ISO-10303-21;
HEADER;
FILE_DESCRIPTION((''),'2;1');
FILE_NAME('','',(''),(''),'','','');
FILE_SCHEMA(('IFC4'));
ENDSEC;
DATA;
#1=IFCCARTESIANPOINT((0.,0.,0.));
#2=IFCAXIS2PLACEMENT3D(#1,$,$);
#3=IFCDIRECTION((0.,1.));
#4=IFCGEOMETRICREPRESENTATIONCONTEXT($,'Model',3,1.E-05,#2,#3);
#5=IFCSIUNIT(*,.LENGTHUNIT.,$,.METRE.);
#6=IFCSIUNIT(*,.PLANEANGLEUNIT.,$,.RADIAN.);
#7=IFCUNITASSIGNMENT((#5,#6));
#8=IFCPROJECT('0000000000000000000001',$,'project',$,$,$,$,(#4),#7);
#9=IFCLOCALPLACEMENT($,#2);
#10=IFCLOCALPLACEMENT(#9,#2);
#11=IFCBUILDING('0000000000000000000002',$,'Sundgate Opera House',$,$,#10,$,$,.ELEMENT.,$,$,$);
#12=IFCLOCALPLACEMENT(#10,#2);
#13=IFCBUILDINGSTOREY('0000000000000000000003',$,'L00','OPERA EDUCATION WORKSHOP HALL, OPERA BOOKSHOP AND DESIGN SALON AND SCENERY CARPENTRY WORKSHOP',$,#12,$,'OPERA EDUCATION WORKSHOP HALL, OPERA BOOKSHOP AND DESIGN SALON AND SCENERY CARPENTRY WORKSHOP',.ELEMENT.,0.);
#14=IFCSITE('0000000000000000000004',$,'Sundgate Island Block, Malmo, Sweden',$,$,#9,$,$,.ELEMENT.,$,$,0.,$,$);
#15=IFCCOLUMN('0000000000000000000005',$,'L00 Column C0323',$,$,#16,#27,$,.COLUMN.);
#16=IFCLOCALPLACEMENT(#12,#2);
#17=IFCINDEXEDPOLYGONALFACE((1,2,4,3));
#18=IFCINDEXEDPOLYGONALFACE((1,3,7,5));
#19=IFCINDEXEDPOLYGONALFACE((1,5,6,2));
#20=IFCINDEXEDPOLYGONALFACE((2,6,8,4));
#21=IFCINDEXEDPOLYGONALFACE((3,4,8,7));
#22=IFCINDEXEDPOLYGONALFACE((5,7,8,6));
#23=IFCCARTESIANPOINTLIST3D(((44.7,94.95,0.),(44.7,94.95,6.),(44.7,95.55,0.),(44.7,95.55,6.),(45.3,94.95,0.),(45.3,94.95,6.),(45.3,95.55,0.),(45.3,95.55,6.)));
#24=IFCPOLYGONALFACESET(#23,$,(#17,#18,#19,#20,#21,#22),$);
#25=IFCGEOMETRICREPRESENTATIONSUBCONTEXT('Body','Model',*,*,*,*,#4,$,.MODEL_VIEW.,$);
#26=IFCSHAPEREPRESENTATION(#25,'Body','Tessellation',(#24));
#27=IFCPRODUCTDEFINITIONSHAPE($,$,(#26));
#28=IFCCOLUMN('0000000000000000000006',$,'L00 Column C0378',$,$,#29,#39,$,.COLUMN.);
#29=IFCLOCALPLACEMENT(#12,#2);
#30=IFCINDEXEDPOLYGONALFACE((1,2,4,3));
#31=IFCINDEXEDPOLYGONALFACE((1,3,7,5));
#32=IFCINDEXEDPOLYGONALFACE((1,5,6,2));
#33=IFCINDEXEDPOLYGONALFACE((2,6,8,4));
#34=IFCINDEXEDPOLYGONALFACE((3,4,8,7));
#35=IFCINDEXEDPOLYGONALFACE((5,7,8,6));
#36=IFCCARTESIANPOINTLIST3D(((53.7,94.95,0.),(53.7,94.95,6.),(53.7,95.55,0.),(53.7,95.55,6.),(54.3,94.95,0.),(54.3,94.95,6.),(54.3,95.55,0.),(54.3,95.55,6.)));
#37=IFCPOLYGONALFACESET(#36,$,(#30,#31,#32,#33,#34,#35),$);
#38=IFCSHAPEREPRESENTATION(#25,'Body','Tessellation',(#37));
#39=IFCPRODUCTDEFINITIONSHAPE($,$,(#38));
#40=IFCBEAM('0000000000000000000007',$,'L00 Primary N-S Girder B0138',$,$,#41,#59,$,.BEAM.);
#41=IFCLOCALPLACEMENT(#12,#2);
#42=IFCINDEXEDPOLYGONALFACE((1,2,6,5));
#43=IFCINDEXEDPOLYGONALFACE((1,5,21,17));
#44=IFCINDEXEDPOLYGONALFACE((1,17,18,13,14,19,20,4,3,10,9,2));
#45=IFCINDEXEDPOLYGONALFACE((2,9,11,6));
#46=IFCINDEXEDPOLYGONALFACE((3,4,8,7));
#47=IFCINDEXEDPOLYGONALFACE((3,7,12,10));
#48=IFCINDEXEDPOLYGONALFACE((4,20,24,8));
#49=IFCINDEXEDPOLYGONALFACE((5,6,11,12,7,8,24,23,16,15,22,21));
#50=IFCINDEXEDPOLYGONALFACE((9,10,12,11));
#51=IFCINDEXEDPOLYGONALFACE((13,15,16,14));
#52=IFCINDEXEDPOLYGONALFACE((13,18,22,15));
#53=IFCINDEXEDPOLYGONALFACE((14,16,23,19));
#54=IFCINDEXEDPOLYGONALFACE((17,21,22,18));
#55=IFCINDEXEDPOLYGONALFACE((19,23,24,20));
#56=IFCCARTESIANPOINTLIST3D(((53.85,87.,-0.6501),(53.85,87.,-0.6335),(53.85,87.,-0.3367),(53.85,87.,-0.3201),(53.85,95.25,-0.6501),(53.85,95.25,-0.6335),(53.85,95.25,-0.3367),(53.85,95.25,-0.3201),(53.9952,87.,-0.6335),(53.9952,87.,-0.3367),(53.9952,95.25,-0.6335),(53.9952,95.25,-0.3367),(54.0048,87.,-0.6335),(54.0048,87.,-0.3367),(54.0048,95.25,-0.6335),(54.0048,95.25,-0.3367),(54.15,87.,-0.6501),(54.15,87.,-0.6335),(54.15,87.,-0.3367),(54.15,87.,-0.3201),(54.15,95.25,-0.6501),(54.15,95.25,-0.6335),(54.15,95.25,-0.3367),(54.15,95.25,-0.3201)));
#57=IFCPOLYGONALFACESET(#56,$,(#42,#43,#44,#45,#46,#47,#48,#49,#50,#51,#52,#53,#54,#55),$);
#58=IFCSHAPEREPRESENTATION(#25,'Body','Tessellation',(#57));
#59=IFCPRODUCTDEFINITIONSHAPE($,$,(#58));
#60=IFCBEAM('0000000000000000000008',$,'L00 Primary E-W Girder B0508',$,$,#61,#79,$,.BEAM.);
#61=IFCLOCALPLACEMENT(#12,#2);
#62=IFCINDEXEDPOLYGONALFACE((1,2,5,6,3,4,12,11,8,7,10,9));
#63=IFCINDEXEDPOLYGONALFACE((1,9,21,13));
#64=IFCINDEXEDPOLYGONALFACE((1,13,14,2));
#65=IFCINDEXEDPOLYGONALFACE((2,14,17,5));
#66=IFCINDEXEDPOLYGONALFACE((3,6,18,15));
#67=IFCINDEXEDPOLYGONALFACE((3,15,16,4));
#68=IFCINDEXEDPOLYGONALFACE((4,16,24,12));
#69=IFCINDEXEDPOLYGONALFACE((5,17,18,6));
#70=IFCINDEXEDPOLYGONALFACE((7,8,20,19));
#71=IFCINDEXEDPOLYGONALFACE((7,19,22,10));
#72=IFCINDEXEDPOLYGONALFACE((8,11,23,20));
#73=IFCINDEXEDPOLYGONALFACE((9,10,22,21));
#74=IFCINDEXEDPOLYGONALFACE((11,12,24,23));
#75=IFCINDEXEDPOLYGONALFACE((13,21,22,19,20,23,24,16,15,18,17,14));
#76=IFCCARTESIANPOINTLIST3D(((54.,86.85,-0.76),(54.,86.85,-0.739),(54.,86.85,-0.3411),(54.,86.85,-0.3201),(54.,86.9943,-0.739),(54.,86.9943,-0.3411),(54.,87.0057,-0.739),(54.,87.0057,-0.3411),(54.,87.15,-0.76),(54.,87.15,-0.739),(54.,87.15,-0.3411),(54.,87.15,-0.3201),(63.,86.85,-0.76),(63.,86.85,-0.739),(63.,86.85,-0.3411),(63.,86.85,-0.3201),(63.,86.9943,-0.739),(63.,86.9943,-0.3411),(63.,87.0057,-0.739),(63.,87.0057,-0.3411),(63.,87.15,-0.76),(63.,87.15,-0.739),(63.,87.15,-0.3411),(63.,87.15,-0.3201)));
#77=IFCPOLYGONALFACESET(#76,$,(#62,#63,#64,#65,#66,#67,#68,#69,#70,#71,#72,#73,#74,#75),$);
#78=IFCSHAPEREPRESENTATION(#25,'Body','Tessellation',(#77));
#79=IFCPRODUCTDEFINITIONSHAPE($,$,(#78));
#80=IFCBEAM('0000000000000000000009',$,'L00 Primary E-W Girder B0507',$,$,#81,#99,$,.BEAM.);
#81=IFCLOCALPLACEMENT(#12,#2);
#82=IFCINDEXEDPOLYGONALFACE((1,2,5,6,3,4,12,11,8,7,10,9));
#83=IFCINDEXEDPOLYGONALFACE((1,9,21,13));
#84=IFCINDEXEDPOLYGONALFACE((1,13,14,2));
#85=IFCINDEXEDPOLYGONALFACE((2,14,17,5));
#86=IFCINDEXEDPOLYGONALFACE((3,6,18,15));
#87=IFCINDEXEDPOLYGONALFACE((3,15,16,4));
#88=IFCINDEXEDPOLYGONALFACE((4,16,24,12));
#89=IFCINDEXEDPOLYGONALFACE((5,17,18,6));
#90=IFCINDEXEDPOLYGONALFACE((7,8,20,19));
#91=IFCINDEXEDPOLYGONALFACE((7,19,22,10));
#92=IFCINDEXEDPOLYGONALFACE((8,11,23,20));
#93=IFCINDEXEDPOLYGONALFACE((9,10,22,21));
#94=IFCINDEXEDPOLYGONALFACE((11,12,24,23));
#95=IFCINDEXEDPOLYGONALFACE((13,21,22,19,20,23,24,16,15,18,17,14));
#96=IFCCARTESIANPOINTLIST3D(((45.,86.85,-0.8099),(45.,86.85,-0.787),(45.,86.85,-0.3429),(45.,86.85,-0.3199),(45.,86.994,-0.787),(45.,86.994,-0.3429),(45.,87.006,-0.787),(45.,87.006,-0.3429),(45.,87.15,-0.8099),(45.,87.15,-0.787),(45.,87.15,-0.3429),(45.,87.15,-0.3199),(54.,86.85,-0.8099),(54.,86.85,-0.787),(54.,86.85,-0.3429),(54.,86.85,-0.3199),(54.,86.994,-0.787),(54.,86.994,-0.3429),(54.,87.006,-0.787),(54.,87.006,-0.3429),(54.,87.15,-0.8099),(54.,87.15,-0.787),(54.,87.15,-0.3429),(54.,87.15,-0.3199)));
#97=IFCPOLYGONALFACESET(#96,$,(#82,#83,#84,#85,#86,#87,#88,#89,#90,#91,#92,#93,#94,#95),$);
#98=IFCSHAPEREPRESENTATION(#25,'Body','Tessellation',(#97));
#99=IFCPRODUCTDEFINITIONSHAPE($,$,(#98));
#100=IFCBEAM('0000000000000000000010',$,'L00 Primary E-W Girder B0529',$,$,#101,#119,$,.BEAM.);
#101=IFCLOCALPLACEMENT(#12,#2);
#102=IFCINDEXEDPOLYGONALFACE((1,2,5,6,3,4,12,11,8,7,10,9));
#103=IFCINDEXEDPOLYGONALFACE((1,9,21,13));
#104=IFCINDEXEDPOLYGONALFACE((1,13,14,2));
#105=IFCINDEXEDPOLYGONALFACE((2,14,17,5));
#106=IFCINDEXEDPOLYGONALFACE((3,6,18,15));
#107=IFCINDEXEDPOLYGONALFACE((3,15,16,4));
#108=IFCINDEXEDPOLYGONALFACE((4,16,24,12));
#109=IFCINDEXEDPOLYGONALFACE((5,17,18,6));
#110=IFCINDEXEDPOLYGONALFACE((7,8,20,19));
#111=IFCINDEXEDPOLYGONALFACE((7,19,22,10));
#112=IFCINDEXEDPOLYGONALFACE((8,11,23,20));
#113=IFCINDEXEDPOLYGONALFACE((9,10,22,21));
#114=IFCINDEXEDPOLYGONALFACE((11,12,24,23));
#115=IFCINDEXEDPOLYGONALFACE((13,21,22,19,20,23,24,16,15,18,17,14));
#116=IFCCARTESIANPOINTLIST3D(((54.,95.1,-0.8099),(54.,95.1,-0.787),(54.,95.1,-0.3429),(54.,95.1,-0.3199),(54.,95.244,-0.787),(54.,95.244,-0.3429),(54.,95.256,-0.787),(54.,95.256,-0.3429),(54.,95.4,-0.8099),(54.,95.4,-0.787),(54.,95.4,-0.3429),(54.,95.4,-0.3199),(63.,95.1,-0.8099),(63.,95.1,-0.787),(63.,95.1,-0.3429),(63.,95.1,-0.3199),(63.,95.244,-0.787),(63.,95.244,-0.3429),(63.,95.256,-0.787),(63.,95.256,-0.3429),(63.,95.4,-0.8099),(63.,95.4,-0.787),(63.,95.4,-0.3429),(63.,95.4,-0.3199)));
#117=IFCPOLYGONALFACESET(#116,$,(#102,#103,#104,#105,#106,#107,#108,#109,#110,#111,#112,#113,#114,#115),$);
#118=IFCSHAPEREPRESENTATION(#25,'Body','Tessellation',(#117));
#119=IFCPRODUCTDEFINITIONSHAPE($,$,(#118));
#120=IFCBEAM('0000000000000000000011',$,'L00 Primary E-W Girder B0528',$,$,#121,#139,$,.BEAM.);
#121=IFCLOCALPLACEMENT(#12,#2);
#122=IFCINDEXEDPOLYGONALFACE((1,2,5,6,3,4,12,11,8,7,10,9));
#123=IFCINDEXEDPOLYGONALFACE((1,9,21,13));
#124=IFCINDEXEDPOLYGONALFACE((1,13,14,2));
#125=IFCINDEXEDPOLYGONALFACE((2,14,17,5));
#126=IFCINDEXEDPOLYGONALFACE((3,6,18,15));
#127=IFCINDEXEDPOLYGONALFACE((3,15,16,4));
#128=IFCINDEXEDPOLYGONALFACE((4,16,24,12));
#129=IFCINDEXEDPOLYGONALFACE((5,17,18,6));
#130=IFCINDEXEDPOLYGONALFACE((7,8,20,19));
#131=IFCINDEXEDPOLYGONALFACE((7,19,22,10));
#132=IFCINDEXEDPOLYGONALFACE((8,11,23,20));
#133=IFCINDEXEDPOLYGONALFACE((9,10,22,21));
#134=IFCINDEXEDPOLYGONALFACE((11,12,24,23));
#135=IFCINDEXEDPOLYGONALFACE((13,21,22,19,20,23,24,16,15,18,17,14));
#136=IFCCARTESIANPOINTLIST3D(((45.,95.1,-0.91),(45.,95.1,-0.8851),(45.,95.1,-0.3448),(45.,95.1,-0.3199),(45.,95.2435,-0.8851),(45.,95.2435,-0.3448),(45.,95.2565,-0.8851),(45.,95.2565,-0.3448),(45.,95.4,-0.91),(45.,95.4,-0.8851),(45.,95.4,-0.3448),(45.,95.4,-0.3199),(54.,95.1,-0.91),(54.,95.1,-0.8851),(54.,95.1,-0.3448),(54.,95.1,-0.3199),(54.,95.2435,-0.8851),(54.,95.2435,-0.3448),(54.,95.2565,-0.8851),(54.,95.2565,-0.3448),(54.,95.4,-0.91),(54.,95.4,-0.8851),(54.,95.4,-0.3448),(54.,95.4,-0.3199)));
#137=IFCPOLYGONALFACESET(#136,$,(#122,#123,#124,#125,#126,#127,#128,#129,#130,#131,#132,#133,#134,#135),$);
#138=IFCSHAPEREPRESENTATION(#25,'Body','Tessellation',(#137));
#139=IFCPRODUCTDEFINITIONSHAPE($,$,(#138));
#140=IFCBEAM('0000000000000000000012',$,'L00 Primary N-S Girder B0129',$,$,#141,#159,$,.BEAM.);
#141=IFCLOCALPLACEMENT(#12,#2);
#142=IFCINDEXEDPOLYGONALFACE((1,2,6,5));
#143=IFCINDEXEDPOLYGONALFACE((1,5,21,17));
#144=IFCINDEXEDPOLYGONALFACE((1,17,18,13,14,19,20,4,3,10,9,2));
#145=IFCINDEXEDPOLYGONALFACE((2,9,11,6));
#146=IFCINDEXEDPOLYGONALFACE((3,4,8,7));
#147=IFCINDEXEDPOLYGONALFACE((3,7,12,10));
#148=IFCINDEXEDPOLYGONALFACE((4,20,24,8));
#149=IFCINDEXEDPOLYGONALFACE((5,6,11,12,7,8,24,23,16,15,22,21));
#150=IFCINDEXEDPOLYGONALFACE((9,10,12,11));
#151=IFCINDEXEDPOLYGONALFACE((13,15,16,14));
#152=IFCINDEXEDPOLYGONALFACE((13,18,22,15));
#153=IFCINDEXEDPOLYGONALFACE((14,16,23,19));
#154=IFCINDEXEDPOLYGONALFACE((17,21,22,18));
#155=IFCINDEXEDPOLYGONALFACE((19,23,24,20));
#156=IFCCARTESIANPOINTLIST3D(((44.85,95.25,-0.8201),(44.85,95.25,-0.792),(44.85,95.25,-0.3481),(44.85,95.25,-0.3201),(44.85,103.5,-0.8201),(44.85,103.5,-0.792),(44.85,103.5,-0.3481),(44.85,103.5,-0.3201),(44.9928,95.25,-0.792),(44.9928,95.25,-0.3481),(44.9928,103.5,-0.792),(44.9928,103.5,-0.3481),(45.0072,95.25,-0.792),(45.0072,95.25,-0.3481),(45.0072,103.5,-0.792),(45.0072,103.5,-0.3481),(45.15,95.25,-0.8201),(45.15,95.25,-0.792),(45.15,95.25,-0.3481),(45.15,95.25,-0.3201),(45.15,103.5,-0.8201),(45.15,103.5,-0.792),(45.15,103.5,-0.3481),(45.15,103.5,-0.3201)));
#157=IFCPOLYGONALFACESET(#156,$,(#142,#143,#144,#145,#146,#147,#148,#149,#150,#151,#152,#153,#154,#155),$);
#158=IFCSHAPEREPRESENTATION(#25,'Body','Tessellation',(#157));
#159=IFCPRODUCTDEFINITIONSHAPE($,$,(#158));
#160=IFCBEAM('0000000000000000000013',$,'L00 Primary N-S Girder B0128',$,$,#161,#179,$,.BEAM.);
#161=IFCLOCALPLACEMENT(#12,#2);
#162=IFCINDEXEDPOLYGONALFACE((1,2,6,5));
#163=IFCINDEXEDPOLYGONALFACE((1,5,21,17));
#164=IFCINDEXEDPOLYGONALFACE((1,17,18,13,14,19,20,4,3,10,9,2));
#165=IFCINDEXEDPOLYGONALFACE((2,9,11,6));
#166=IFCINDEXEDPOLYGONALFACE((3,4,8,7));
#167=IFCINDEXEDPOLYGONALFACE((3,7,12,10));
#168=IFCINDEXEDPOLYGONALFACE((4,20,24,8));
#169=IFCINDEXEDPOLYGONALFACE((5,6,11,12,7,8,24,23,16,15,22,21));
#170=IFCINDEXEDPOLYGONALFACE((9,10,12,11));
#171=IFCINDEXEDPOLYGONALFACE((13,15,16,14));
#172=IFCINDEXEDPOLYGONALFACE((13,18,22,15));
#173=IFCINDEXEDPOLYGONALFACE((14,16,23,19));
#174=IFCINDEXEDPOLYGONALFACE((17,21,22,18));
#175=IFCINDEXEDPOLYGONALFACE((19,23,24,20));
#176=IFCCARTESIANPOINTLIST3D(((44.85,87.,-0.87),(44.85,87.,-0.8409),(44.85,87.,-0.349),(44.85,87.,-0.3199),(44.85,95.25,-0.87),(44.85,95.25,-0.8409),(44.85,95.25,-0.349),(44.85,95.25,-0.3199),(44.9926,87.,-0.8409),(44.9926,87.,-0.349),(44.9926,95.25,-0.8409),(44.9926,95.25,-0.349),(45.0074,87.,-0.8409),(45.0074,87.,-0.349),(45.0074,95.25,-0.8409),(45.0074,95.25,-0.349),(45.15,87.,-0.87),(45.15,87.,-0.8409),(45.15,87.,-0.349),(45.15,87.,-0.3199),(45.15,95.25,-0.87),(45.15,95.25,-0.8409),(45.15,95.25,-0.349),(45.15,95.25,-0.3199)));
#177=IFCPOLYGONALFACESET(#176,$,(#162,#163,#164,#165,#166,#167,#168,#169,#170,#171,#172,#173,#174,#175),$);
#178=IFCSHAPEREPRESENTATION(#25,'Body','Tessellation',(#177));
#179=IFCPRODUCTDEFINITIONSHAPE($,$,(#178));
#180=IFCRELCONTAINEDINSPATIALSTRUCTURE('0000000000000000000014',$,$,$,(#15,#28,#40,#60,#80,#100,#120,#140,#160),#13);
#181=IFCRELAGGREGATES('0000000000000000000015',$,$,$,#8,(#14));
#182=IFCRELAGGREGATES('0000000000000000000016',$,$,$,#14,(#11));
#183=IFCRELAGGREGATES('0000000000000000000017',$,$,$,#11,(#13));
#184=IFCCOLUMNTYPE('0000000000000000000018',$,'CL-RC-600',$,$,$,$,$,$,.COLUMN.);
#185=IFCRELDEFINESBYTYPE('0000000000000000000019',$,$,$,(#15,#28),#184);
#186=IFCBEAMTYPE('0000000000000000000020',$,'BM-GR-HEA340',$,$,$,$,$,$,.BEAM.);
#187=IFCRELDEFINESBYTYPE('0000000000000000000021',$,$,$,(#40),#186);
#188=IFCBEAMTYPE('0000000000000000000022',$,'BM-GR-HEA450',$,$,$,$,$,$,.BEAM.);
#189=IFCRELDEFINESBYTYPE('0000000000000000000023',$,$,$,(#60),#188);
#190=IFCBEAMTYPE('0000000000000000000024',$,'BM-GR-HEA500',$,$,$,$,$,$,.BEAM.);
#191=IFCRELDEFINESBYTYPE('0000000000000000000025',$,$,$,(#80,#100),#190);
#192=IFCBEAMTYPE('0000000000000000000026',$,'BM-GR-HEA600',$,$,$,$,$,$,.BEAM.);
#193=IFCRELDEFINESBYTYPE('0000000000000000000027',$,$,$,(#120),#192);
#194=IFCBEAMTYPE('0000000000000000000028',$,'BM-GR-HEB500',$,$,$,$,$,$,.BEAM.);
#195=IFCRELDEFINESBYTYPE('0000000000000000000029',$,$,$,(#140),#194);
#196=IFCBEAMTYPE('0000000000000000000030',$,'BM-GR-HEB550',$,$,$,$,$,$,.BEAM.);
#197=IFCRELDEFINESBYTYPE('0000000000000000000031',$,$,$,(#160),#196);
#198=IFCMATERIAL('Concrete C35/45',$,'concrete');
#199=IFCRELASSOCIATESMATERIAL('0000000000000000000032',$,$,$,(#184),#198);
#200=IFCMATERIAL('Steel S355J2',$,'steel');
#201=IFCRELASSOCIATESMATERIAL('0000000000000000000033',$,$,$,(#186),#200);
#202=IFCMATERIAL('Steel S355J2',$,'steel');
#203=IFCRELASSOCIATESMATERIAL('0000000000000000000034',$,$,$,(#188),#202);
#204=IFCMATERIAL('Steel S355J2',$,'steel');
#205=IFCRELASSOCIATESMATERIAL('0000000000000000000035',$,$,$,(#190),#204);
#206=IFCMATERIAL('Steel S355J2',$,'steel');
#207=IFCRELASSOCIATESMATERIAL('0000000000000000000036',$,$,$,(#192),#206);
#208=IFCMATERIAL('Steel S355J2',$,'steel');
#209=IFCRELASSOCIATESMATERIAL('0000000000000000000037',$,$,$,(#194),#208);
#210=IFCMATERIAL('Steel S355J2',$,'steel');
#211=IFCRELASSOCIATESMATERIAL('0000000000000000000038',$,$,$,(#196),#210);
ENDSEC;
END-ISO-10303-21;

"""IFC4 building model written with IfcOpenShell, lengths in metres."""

from ifc_helpers import new_model, si_unit, direction, frame, origin, origin_2d, place, context, subcontext, project, spatial, rectangle, i_section, extrude, material, material_profile, profile_set, type_object, element, save


model = new_model("IFC4")

# Units and contexts
model_context = context("Model", 3, precision=1e-05, world=origin(), true_north=direction((0.0, 1.0)))
body_context = subcontext(model_context, "Body", "Model", "MODEL_VIEW")
ifc_project = project(units=[si_unit("LENGTHUNIT", "METRE"), si_unit("PLANEANGLEUNIT", "RADIAN")], contexts=[model_context])

# Site, building, storey
site_placement = place(None, origin())
site = spatial("IfcSite", under=ifc_project, at=site_placement, Name="Sundgate Island Block, Malmo, Sweden", CompositionType="ELEMENT", RefElevation=0.0)
building_placement = place(site_placement, origin())
building = spatial("IfcBuilding", under=site, at=building_placement, Name="Sundgate Opera House", CompositionType="ELEMENT")
storey_placement = place(building_placement, origin())
storey = spatial("IfcBuildingStorey", under=building, at=storey_placement, Name="L00", Description="OPERA EDUCATION WORKSHOP HALL, OPERA BOOKSHOP AND DESIGN SALON AND SCENERY CARPENTRY WORKSHOP", LongName="OPERA EDUCATION WORKSHOP HALL, OPERA BOOKSHOP AND DESIGN SALON AND SCENERY CARPENTRY WORKSHOP", CompositionType="ELEMENT", Elevation=0.0)

# Columns
ifc_material_1 = material(Name="Concrete C35/45", Category="concrete")
ifc_material_profile_1 = material_profile(ifc_material_1, rectangle(XDim=0.6001, YDim=0.6001, at=origin_2d()), Name="RC 600x600")
ifc_profile_set_1 = profile_set([ifc_material_profile_1], Name="Concrete C35/45")
column_type = type_object("IfcColumnType", Name="CL-RC-600", PredefinedType="COLUMN", material=ifc_profile_set_1)
for number, where, z_axis, x_axis, name in (
    (1, (45.0, 95.25, 0.0), (0.0, 0.0, 1.0), (1.0, 0.0, 0.0), "L00 Column C0323"),
    (2, (54.0, 95.25, 0.0), (0.0, 0.0, 1.0), (1.0, 0.0, 0.0), "L00 Column C0378"),
):
    element("IfcColumn", number, at=place(storey_placement, frame(where, z_axis=z_axis, x_axis=x_axis)), inside=storey, type_object=column_type, Name=name, PredefinedType="COLUMN", context=body_context, shape_type="SweptSolid", body=[
        extrude(rectangle(XDim=0.6001, YDim=0.6001, at=origin_2d()), origin(), (0.0, 0.0, 1.0), 6.0),
    ])

# Beams
ifc_material_2 = material(Name="Steel S355J2", Category="steel")
ifc_material_profile_2 = material_profile(ifc_material_2, i_section(OverallWidth=0.3, OverallDepth=0.3301, WebThickness=0.0095, FlangeThickness=0.0166, at=origin_2d()), Name="HEA 340")
ifc_profile_set_2 = profile_set([ifc_material_profile_2], Name="Steel S355J2")
beam_type_1 = type_object("IfcBeamType", Name="BM-GR-HEA340", PredefinedType="BEAM", material=ifc_profile_set_2)
beam_1_placement = place(storey_placement, frame((54.0, 87.0, -0.4851), z_axis=(0.0, 1.0, 0.0), x_axis=(-1.0, 0.0, 0.0)))
element("IfcBeam", 3, at=beam_1_placement, inside=storey, type_object=beam_type_1, Name="L00 Primary N-S Girder B0138", PredefinedType="BEAM", context=body_context, shape_type="SweptSolid", body=[
    extrude(i_section(OverallWidth=0.3, OverallDepth=0.3301, WebThickness=0.0095, FlangeThickness=0.0166, at=origin_2d()), origin(), (0.0, 0.0, 1.0), 8.25),
])
ifc_material_3 = material(Name="Steel S355J2", Category="steel")
ifc_material_profile_3 = material_profile(ifc_material_3, i_section(OverallWidth=0.3, OverallDepth=0.4399, WebThickness=0.0115, FlangeThickness=0.021, at=origin_2d()), Name="HEA 450")
ifc_profile_set_3 = profile_set([ifc_material_profile_3], Name="Steel S355J2")
beam_type_2 = type_object("IfcBeamType", Name="BM-GR-HEA450", PredefinedType="BEAM", material=ifc_profile_set_3)
beam_2_placement = place(storey_placement, frame((54.0, 87.0, -0.54), z_axis=(1.0, 0.0, 0.0), x_axis=(0.0, 1.0, 0.0)))
element("IfcBeam", 4, at=beam_2_placement, inside=storey, type_object=beam_type_2, Name="L00 Primary E-W Girder B0508", PredefinedType="BEAM", context=body_context, shape_type="SweptSolid", body=[
    extrude(i_section(OverallWidth=0.3, OverallDepth=0.4399, WebThickness=0.0115, FlangeThickness=0.021, at=origin_2d()), origin(), (0.0, 0.0, 1.0), 9.0),
])
ifc_material_4 = material(Name="Steel S355J2", Category="steel")
ifc_material_profile_4 = material_profile(ifc_material_4, i_section(OverallWidth=0.3, OverallDepth=0.49, WebThickness=0.012, FlangeThickness=0.0229, at=origin_2d()), Name="HEA 500")
ifc_profile_set_4 = profile_set([ifc_material_profile_4], Name="Steel S355J2")
beam_type_3 = type_object("IfcBeamType", Name="BM-GR-HEA500", PredefinedType="BEAM", material=ifc_profile_set_4)
for number, where, z_axis, x_axis, name in (
    (5, (45.0, 87.0, -0.5649), (1.0, 0.0, 0.0), (0.0, 1.0, 0.0), "L00 Primary E-W Girder B0507"),
    (6, (54.0, 95.25, -0.5649), (1.0, 0.0, 0.0), (0.0, 1.0, 0.0), "L00 Primary E-W Girder B0529"),
):
    element("IfcBeam", number, at=place(storey_placement, frame(where, z_axis=z_axis, x_axis=x_axis)), inside=storey, type_object=beam_type_3, Name=name, PredefinedType="BEAM", context=body_context, shape_type="SweptSolid", body=[
        extrude(i_section(OverallWidth=0.3, OverallDepth=0.49, WebThickness=0.012, FlangeThickness=0.0229, at=origin_2d()), origin(), (0.0, 0.0, 1.0), 9.0),
    ])
ifc_material_5 = material(Name="Steel S355J2", Category="steel")
ifc_material_profile_5 = material_profile(ifc_material_5, i_section(OverallWidth=0.3, OverallDepth=0.5901, WebThickness=0.0129, FlangeThickness=0.0249, at=origin_2d()), Name="HEA 600")
ifc_profile_set_5 = profile_set([ifc_material_profile_5], Name="Steel S355J2")
beam_type_4 = type_object("IfcBeamType", Name="BM-GR-HEA600", PredefinedType="BEAM", material=ifc_profile_set_5)
beam_3_placement = place(storey_placement, frame((45.0, 95.25, -0.615), z_axis=(1.0, 0.0, 0.0), x_axis=(0.0, 1.0, 0.0)))
element("IfcBeam", 7, at=beam_3_placement, inside=storey, type_object=beam_type_4, Name="L00 Primary E-W Girder B0528", PredefinedType="BEAM", context=body_context, shape_type="SweptSolid", body=[
    extrude(i_section(OverallWidth=0.3, OverallDepth=0.5901, WebThickness=0.0129, FlangeThickness=0.0249, at=origin_2d()), origin(), (0.0, 0.0, 1.0), 9.0),
])
ifc_material_6 = material(Name="Steel S355J2", Category="steel")
ifc_material_profile_6 = material_profile(ifc_material_6, i_section(OverallWidth=0.3, OverallDepth=0.5, WebThickness=0.0144, FlangeThickness=0.0281, at=origin_2d()), Name="HEB 500")
ifc_profile_set_6 = profile_set([ifc_material_profile_6], Name="Steel S355J2")
beam_type_5 = type_object("IfcBeamType", Name="BM-GR-HEB500", PredefinedType="BEAM", material=ifc_profile_set_6)
beam_4_placement = place(storey_placement, frame((45.0, 95.25, -0.5701), z_axis=(0.0, 1.0, 0.0), x_axis=(-1.0, 0.0, 0.0)))
element("IfcBeam", 8, at=beam_4_placement, inside=storey, type_object=beam_type_5, Name="L00 Primary N-S Girder B0129", PredefinedType="BEAM", context=body_context, shape_type="SweptSolid", body=[
    extrude(i_section(OverallWidth=0.3, OverallDepth=0.5, WebThickness=0.0144, FlangeThickness=0.0281, at=origin_2d()), origin(), (0.0, 0.0, 1.0), 8.25),
])
ifc_material_7 = material(Name="Steel S355J2", Category="steel")
ifc_material_profile_7 = material_profile(ifc_material_7, i_section(OverallWidth=0.3, OverallDepth=0.55, WebThickness=0.0149, FlangeThickness=0.0291, at=origin_2d()), Name="HEB 550")
ifc_profile_set_7 = profile_set([ifc_material_profile_7], Name="Steel S355J2")
beam_type_6 = type_object("IfcBeamType", Name="BM-GR-HEB550", PredefinedType="BEAM", material=ifc_profile_set_7)
beam_5_placement = place(storey_placement, frame((45.0, 87.0, -0.595), z_axis=(0.0, 1.0, 0.0), x_axis=(-1.0, 0.0, 0.0)))
element("IfcBeam", 9, at=beam_5_placement, inside=storey, type_object=beam_type_6, Name="L00 Primary N-S Girder B0128", PredefinedType="BEAM", context=body_context, shape_type="SweptSolid", body=[
    extrude(i_section(OverallWidth=0.3, OverallDepth=0.55, WebThickness=0.0149, FlangeThickness=0.0291, at=origin_2d()), origin(), (0.0, 0.0, 1.0), 8.25),
])

save(model, "model.ifc")
